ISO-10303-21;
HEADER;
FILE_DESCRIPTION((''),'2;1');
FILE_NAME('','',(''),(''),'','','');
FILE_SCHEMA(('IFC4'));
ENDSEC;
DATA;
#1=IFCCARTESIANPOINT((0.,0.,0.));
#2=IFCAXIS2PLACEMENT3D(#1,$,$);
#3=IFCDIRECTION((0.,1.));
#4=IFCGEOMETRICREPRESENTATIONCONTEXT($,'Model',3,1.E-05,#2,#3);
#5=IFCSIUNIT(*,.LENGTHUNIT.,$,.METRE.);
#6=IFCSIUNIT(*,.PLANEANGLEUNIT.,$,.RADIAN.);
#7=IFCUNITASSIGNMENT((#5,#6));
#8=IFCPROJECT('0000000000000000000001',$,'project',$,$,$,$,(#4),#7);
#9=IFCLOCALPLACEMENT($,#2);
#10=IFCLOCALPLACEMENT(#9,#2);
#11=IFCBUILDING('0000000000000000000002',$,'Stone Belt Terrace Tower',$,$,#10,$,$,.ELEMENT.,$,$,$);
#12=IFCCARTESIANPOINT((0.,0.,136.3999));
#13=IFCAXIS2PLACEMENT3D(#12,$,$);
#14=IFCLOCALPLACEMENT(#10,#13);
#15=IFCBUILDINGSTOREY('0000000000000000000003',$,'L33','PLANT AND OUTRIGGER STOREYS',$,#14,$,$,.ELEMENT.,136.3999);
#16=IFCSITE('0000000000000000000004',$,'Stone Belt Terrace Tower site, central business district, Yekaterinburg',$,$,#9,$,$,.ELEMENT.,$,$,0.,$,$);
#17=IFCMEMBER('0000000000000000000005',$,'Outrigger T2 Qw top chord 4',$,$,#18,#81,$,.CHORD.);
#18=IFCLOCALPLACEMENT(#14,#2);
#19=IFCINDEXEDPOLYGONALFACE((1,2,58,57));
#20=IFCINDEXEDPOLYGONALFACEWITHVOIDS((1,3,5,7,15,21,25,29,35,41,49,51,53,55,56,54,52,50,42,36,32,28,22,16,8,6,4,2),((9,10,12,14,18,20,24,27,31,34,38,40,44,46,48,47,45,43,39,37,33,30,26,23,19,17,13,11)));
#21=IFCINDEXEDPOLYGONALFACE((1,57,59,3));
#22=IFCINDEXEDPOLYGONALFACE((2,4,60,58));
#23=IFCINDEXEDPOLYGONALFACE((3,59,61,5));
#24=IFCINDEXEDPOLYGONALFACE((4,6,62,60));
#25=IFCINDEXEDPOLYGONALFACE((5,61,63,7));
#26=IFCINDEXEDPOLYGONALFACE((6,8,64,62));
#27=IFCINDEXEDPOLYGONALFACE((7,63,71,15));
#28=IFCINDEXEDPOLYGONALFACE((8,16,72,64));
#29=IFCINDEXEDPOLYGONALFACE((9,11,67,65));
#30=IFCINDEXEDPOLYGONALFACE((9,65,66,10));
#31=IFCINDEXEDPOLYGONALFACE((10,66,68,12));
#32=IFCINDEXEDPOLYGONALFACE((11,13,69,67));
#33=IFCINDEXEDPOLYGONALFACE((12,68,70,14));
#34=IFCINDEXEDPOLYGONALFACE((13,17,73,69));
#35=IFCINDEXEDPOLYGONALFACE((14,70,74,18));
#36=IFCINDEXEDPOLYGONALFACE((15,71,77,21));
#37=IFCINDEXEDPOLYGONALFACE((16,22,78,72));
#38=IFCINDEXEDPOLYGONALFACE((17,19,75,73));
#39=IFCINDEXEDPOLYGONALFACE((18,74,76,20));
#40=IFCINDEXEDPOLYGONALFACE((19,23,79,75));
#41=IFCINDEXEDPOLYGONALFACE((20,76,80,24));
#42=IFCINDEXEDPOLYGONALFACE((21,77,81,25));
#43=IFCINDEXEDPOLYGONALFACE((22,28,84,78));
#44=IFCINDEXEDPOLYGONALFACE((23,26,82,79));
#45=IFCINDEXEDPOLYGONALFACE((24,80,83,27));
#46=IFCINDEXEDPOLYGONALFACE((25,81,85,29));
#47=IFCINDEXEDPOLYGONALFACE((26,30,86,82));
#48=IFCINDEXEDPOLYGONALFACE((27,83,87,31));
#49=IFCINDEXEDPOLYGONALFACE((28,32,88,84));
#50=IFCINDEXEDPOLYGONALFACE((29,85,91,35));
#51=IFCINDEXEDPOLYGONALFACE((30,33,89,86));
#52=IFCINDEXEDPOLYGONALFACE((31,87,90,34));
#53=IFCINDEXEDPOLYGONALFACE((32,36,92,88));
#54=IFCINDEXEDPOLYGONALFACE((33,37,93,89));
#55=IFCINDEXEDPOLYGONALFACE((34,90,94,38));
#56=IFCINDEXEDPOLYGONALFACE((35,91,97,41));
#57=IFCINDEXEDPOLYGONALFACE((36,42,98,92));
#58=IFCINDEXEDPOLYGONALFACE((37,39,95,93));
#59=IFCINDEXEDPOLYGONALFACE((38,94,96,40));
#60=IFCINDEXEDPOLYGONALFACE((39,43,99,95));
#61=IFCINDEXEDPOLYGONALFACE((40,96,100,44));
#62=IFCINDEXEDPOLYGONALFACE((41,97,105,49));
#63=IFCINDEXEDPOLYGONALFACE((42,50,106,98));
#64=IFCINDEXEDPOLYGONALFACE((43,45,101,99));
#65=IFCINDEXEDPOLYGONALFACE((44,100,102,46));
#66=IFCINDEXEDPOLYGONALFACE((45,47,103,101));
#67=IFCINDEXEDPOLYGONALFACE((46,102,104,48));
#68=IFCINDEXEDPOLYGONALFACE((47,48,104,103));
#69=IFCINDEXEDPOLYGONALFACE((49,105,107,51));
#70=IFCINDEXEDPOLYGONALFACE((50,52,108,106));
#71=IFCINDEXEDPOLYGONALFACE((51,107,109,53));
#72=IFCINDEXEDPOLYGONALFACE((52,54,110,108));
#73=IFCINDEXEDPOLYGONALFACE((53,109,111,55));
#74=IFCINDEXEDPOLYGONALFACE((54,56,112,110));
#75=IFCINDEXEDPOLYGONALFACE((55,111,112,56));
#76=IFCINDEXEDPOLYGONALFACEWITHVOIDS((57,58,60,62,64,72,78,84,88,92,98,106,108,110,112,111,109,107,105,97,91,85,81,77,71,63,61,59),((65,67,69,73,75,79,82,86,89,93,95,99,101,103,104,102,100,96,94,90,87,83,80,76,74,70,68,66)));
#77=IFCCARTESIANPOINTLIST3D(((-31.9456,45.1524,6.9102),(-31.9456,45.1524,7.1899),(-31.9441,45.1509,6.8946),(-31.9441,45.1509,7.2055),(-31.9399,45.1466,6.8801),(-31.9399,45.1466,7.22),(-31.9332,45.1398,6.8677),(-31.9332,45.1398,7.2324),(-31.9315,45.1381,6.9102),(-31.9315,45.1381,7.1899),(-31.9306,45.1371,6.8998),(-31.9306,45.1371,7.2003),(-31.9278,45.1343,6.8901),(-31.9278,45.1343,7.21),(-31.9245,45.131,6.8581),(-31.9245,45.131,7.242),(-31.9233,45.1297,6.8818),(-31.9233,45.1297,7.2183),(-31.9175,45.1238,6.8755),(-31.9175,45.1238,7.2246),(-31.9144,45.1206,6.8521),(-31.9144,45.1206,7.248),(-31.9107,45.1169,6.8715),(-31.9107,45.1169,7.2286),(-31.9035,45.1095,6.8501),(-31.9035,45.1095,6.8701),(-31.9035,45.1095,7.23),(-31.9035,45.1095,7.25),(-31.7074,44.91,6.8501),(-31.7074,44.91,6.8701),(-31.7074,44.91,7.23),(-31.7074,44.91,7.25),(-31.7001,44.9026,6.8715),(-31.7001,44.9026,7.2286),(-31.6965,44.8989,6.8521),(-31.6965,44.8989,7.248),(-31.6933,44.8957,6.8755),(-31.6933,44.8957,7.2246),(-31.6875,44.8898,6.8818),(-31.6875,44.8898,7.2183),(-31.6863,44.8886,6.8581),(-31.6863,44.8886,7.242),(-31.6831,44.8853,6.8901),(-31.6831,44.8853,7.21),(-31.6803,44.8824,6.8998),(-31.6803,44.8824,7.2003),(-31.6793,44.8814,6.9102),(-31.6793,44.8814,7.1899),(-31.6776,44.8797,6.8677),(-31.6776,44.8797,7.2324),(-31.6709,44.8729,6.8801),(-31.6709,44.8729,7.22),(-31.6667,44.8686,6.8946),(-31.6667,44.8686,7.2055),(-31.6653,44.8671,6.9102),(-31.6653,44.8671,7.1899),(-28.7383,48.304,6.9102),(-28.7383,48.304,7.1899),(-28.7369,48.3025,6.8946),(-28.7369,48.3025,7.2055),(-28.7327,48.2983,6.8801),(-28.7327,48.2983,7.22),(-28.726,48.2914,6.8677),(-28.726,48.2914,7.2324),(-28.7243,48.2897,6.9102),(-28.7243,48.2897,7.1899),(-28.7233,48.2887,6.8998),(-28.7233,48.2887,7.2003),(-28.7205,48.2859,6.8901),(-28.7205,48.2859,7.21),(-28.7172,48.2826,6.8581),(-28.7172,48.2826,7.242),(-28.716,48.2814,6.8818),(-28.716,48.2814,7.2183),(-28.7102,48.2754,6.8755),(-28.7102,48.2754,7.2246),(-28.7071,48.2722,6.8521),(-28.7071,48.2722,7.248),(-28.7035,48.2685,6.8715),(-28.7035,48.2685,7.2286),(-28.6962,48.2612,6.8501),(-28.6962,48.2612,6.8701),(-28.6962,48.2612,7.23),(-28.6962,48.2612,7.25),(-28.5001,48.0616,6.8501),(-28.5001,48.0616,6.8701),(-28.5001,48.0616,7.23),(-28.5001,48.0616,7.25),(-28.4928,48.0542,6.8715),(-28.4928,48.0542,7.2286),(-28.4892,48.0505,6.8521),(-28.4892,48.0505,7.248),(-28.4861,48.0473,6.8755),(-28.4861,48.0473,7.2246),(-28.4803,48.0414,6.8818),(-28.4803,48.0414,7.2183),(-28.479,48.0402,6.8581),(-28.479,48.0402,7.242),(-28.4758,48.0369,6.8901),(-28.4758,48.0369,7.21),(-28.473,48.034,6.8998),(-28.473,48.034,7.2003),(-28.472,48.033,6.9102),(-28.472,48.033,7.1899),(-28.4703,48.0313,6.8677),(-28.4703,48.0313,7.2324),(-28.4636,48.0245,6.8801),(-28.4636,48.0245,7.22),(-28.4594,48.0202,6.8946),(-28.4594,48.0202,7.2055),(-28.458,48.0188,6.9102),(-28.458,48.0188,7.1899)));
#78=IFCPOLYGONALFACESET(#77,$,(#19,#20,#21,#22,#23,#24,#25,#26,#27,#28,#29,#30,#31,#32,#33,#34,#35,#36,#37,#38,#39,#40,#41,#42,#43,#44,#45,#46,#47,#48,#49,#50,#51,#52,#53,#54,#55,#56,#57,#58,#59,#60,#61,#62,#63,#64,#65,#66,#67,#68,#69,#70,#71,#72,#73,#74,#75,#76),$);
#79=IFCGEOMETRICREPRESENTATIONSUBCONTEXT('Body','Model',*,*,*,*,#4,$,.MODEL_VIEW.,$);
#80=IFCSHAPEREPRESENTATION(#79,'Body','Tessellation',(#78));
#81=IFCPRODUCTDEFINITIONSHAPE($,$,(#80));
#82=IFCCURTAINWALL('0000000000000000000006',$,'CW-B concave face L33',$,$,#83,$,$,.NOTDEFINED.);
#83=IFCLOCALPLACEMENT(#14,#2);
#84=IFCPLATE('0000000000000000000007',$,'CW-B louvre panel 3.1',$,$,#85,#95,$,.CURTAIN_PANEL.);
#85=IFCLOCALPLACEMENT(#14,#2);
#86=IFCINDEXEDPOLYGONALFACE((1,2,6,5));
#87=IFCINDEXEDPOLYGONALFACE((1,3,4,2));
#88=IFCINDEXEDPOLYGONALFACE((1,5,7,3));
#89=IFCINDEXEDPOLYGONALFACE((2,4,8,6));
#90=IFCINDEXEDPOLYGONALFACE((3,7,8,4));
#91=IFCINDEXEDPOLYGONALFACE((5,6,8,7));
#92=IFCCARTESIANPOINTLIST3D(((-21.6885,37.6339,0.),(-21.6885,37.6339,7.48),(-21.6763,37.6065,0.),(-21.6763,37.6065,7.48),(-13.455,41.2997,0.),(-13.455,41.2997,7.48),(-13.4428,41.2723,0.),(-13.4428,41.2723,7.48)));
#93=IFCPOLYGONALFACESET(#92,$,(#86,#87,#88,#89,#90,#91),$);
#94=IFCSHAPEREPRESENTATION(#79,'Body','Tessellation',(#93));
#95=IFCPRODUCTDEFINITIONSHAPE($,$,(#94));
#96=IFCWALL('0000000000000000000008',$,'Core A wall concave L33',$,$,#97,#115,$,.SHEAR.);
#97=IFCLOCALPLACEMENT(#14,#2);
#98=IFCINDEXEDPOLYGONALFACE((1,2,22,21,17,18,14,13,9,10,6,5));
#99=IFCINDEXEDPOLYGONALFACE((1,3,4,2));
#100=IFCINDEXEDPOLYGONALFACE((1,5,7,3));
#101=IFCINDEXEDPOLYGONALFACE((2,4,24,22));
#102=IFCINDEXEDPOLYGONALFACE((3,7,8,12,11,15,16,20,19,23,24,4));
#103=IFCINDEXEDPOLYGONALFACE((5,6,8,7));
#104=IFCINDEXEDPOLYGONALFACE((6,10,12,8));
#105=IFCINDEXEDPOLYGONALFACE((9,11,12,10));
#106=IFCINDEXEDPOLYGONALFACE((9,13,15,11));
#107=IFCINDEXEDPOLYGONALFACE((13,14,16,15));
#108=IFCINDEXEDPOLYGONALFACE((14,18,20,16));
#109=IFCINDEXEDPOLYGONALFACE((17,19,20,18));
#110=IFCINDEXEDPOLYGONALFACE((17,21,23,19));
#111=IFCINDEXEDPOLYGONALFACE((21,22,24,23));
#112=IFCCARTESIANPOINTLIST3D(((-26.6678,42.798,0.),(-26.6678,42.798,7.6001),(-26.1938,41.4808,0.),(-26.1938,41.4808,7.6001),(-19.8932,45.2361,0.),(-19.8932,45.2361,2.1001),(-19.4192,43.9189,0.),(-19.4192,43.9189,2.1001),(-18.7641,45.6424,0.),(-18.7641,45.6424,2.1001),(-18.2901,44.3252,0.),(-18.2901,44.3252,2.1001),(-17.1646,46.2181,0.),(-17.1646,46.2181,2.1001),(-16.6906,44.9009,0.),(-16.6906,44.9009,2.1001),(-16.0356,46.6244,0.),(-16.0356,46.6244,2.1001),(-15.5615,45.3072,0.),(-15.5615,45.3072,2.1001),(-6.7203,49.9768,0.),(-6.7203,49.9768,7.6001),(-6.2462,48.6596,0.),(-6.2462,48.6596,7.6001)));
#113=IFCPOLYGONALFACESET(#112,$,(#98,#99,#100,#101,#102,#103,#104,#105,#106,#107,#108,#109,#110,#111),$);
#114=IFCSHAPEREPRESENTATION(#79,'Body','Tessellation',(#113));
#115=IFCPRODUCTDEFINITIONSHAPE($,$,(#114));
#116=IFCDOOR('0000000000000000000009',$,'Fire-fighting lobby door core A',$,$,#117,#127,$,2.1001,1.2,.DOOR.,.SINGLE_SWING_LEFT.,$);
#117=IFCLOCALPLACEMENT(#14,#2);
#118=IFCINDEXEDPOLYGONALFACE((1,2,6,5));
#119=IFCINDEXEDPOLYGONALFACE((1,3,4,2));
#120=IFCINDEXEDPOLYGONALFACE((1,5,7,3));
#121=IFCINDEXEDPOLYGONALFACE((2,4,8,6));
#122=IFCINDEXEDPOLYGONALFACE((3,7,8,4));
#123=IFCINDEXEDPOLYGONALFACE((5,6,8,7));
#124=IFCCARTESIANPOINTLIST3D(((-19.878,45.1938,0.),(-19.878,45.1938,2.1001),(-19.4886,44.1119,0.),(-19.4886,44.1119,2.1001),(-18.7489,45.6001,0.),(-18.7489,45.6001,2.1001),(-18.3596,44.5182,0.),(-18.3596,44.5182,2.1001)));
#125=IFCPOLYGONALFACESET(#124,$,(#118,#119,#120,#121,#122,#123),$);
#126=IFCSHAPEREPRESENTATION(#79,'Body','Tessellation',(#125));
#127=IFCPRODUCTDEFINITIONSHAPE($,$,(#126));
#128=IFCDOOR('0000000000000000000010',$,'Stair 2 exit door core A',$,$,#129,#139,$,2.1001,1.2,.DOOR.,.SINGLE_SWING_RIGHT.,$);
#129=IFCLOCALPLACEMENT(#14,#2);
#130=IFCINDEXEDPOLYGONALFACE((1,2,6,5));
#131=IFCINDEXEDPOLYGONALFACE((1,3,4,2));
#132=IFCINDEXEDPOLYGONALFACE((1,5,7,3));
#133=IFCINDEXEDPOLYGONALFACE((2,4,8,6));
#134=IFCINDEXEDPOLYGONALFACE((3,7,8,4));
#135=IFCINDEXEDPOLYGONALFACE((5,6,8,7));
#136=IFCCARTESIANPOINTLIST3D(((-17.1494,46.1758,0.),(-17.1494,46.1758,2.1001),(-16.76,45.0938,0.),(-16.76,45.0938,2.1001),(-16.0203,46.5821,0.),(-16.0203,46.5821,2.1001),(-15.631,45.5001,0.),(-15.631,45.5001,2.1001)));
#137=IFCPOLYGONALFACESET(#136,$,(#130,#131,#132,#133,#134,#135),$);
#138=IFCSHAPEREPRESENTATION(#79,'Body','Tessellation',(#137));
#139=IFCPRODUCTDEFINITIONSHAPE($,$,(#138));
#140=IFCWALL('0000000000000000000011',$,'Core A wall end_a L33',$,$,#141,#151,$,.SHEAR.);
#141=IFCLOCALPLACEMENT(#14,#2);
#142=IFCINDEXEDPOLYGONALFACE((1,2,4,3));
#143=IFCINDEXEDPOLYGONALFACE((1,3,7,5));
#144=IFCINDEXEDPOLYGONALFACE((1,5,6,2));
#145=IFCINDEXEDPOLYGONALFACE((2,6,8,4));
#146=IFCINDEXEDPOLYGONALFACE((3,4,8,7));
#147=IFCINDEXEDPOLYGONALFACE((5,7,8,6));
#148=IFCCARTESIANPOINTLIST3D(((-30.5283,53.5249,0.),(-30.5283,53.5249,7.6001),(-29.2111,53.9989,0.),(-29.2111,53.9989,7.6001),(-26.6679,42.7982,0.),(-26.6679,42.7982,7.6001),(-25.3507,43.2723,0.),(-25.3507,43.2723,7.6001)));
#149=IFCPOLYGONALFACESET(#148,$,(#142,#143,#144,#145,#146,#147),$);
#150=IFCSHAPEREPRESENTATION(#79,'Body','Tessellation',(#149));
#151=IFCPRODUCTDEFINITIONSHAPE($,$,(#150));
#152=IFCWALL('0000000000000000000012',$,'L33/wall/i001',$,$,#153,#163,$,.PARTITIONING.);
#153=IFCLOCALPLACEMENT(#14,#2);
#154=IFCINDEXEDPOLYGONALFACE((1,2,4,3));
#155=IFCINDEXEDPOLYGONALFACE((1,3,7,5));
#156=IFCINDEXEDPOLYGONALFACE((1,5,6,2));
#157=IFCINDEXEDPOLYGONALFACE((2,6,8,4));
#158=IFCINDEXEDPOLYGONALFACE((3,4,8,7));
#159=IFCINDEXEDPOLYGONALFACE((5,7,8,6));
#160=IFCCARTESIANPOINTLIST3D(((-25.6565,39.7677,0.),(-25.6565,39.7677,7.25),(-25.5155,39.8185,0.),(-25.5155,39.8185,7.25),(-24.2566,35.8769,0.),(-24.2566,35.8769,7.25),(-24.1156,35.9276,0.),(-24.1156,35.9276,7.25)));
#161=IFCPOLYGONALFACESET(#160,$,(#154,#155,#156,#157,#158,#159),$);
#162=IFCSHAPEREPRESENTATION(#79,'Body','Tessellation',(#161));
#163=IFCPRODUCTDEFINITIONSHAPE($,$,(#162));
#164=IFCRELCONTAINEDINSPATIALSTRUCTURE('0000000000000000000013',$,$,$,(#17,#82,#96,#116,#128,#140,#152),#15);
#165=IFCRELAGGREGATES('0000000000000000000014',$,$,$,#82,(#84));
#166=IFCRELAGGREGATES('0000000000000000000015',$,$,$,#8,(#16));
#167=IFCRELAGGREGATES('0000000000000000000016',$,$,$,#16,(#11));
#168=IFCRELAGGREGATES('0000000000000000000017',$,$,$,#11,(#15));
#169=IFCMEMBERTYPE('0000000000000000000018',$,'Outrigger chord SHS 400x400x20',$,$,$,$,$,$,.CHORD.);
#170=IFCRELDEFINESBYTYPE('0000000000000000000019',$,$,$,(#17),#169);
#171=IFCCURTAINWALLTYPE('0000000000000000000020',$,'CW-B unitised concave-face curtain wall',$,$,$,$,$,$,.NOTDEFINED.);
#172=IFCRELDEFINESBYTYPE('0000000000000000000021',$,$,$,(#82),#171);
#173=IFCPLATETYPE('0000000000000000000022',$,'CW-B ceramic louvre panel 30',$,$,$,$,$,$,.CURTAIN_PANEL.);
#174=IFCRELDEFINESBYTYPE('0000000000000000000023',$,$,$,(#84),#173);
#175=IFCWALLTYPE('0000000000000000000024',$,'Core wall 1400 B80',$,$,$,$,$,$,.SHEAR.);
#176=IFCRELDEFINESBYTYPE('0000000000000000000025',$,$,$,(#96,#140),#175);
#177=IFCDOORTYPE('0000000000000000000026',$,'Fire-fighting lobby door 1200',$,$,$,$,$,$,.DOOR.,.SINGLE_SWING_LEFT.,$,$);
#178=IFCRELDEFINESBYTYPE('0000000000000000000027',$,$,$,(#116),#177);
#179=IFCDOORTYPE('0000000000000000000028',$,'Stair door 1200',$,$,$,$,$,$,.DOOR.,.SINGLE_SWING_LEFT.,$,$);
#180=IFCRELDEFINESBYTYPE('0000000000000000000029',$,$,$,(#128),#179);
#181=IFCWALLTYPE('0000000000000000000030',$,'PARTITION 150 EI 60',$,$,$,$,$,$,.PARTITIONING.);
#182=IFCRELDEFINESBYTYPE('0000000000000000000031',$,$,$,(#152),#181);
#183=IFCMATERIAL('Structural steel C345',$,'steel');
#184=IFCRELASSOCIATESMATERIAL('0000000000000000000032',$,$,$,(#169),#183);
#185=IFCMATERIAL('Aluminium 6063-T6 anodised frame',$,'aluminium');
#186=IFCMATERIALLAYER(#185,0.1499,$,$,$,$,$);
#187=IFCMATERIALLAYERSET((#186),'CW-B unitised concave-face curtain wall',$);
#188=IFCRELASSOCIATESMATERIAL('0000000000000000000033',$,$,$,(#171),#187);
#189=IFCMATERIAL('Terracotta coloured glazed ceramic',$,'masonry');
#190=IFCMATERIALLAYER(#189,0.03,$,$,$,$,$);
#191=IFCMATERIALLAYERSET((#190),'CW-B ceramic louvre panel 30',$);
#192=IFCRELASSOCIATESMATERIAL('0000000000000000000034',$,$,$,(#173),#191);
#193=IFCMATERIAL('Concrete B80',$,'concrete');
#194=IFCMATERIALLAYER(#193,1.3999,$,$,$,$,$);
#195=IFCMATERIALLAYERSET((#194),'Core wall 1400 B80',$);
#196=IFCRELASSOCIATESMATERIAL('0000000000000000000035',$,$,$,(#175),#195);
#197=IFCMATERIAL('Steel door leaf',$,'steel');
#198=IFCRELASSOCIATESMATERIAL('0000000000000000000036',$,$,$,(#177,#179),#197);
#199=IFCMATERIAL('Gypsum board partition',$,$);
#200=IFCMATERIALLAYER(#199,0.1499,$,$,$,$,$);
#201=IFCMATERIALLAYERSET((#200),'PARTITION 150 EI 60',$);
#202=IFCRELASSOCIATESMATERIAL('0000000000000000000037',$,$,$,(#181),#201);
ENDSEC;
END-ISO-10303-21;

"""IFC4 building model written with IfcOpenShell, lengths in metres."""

from ifc_helpers import new_model, si_unit, direction, frame, frame_2d, origin, origin_2d, place, context, subcontext, project, spatial, rectangle, hollow_rectangle, extrude, material, layer, layer_set, material_profile, profile_set, type_object, element, fill, aggregate, save


model = new_model("IFC4")

# Units and contexts
model_context = context("Model", 3, precision=1e-05, world=origin(), true_north=direction((0.0, 1.0)))
body_context = subcontext(model_context, "Body", "Model", "MODEL_VIEW")
ifc_project = project(units=[si_unit("LENGTHUNIT", "METRE"), si_unit("PLANEANGLEUNIT", "RADIAN")], contexts=[model_context])

# Site, building, storey
site_placement = place(None, origin())
site = spatial("IfcSite", under=ifc_project, at=site_placement, Name="Stone Belt Terrace Tower site, central business district, Yekaterinburg", CompositionType="ELEMENT", RefElevation=0.0)
building_placement = place(site_placement, origin())
building = spatial("IfcBuilding", under=site, at=building_placement, Name="Stone Belt Terrace Tower", CompositionType="ELEMENT")
storey_placement = place(building_placement, frame((0.0, 0.0, 136.3999)))
storey = spatial("IfcBuildingStorey", under=building, at=storey_placement, Name="L33", Description="PLANT AND OUTRIGGER STOREYS", CompositionType="ELEMENT", Elevation=136.3999)

# Shared definitions
ifc_material_1 = material(Name="Concrete B80", Category="concrete")

# Member
ifc_material_2 = material(Name="Structural steel C345", Category="steel")
ifc_material_profile_1 = material_profile(ifc_material_2, hollow_rectangle(XDim=0.3999, YDim=0.3999, WallThickness=0.02, InnerFilletRadius=0.04, OuterFilletRadius=0.0601, at=origin_2d()), Name="SHS 400x400x20")
ifc_profile_set_1 = profile_set([ifc_material_profile_1], Name="Structural steel C345")
member_type_1 = type_object("IfcMemberType", Name="Outrigger chord SHS 400x400x20", PredefinedType="CHORD", material=ifc_profile_set_1)
member_1_placement = place(storey_placement, frame((-31.8054, 45.0098, 7.05), z_axis=(0.713269, 0.70089, 0.0), x_axis=(-0.70089, 0.713269, 0.0)))
element("IfcMember", 1, at=member_1_placement, inside=storey, type_object=member_type_1, Name="Outrigger T2 Qw top chord 4", PredefinedType="CHORD", context=body_context, shape_type="SweptSolid", body=[
    extrude(hollow_rectangle(XDim=0.3999, YDim=0.3999, WallThickness=0.02, InnerFilletRadius=0.04, OuterFilletRadius=0.0601, at=origin_2d()), origin(), (0.0, 0.0, 1.0), 4.4966),
])

# Curtain wall, plate
ifc_material_3 = material(Name="Aluminium 6063-T6 anodised frame", Category="aluminium")
ifc_layer_1 = layer(ifc_material_3, 0.1499)
ifc_layer_set_1 = layer_set([ifc_layer_1], Name="CW-B unitised concave-face curtain wall")
curtain_wall_type = type_object("IfcCurtainWallType", Name="CW-B unitised concave-face curtain wall", PredefinedType="NOTDEFINED", material=ifc_layer_set_1)
curtain_wall_placement = place(storey_placement, origin())
curtain_wall = element("IfcCurtainWall", 2, at=curtain_wall_placement, inside=storey, type_object=curtain_wall_type, Name="CW-B concave face L33", PredefinedType="NOTDEFINED")
ifc_material_4 = material(Name="Terracotta coloured glazed ceramic", Category="masonry")
ifc_layer_2 = layer(ifc_material_4, 0.03)
ifc_layer_set_2 = layer_set([ifc_layer_2], Name="CW-B ceramic louvre panel 30")
plate_type = type_object("IfcPlateType", Name="CW-B ceramic louvre panel 30", PredefinedType="CURTAIN_PANEL", material=ifc_layer_set_2)
plate_placement = place(storey_placement, frame((-17.5657, 39.4531, 0.0), z_axis=(0.0, 0.0, 1.0), x_axis=(0.913545, 0.406737, 0.0)))
plate = element("IfcPlate", 3, at=plate_placement, type_object=plate_type, Name="CW-B louvre panel 3.1", PredefinedType="CURTAIN_PANEL", context=body_context, shape_type="SweptSolid", body=[
    extrude(rectangle(XDim=9.0127, YDim=0.03, at=origin_2d()), origin(), (0.0, 0.0, 1.0), 7.48),
])
aggregate(curtain_wall, [plate])

# Wall, openings, doors
ifc_layer_3 = layer(ifc_material_1, 1.3999)
ifc_layer_set_3 = layer_set([ifc_layer_3], Name="Core wall 1400 B80")
wall_type_1 = type_object("IfcWallType", Name="Core wall 1400 B80", PredefinedType="SHEAR", material=ifc_layer_set_3)
wall_1_placement = place(storey_placement, frame((-26.4309, 42.1394, 0.0), z_axis=(0.0, 0.0, 1.0), x_axis=(0.940923, 0.33862, 0.0)))
wall_1 = element("IfcWall", 4, at=wall_1_placement, inside=storey, type_object=wall_type_1, Name="Core A wall concave L33", PredefinedType="SHEAR", context=body_context, shape_type="SweptSolid", body=[
    extrude(rectangle(XDim=21.2, YDim=1.3999, at=frame_2d((10.6001, 0.0))), origin(), (0.0, 0.0, 1.0), 7.6001),
])
opening_1_placement = place(wall_1_placement, frame((7.2, 0.0, 0.0)))
opening_1 = element("IfcOpeningElement", 5, at=opening_1_placement, cuts=wall_1, PredefinedType="OPENING", context=body_context, shape_type="SweptSolid", body=[
    extrude(rectangle(XDim=1.2, YDim=2.1001, at=frame_2d((0.6001, 1.05))), frame((0.0, 0.71, 0.0), z_axis=(0.0, -1.0, 0.0), x_axis=(1.0, 0.0, 0.0)), (0.0, 0.0, 1.0), 1.4199),
])
opening_2_placement = place(wall_1_placement, frame((10.0999, 0.0, 0.0)))
opening_2 = element("IfcOpeningElement", 6, at=opening_2_placement, cuts=wall_1, PredefinedType="OPENING", context=body_context, shape_type="SweptSolid", body=[
    extrude(rectangle(XDim=1.2, YDim=2.1001, at=frame_2d((0.6001, 1.05))), frame((0.0, 0.71, 0.0), z_axis=(0.0, -1.0, 0.0), x_axis=(1.0, 0.0, 0.0)), (0.0, 0.0, 1.0), 1.4199),
])
ifc_material_5 = material(Name="Steel door leaf", Category="steel")
door_type_1 = type_object("IfcDoorType", Name="Fire-fighting lobby door 1200", OperationType="SINGLE_SWING_LEFT", PredefinedType="DOOR", material=ifc_material_5)
door_1_placement = place(opening_1_placement, origin())
door_1 = element("IfcDoor", 7, at=door_1_placement, inside=storey, type_object=door_type_1, Name="Fire-fighting lobby door core A", OperationType="SINGLE_SWING_LEFT", OverallHeight=2.1001, OverallWidth=1.2, PredefinedType="DOOR", context=body_context, shape_type="SweptSolid", body=[
    extrude(rectangle(XDim=1.2, YDim=2.1001, at=frame_2d((0.6001, 1.05))), frame((0.0, 0.655, 0.0), z_axis=(0.0, -1.0, 0.0), x_axis=(1.0, 0.0, 0.0)), (0.0, 0.0, 1.0), 1.1499),
])
fill(opening_1, door_1)
door_type_2 = type_object("IfcDoorType", Name="Stair door 1200", OperationType="SINGLE_SWING_LEFT", PredefinedType="DOOR", material=ifc_material_5)
door_2_placement = place(opening_2_placement, origin())
door_2 = element("IfcDoor", 8, at=door_2_placement, inside=storey, type_object=door_type_2, Name="Stair 2 exit door core A", OperationType="SINGLE_SWING_RIGHT", OverallHeight=2.1001, OverallWidth=1.2, PredefinedType="DOOR", context=body_context, shape_type="SweptSolid", body=[
    extrude(rectangle(XDim=1.2, YDim=2.1001, at=frame_2d((0.6001, 1.05))), frame((0.0, 0.655, 0.0), z_axis=(0.0, -1.0, 0.0), x_axis=(1.0, 0.0, 0.0)), (0.0, 0.0, 1.0), 1.1499),
])
fill(opening_2, door_2)

# Walls
wall_2_placement = place(storey_placement, frame((-26.0093, 43.0352, 0.0), z_axis=(0.0, 0.0, 1.0), x_axis=(-0.338625, 0.940921, 0.0)))
element("IfcWall", 9, at=wall_2_placement, inside=storey, type_object=wall_type_1, Name="Core A wall end_a L33", PredefinedType="SHEAR", context=body_context, shape_type="SweptSolid", body=[
    extrude(rectangle(XDim=11.4001, YDim=1.3999, at=frame_2d((5.7002, 0.0))), origin(), (0.0, 0.0, 1.0), 7.6001),
])
ifc_material_6 = material(Name="Gypsum board partition")
ifc_layer_4 = layer(ifc_material_6, 0.1499)
ifc_layer_set_4 = layer_set([ifc_layer_4], Name="PARTITION 150 EI 60")
wall_type_2 = type_object("IfcWallType", Name="PARTITION 150 EI 60", PredefinedType="PARTITIONING", material=ifc_layer_set_4)
wall_3_placement = place(storey_placement, frame((-25.5859, 39.793, 0.0), z_axis=(0.0, 0.0, 1.0), x_axis=(0.338546, -0.94095, 0.0)))
element("IfcWall", 10, at=wall_3_placement, inside=storey, type_object=wall_type_2, Name="L33/wall/i001", PredefinedType="PARTITIONING", context=body_context, shape_type="SweptSolid", body=[
    extrude(rectangle(XDim=4.135, YDim=0.1499, at=frame_2d((2.0674, 0.0))), origin(), (0.0, 0.0, 1.0), 7.25),
])

save(model, "model.ifc")
